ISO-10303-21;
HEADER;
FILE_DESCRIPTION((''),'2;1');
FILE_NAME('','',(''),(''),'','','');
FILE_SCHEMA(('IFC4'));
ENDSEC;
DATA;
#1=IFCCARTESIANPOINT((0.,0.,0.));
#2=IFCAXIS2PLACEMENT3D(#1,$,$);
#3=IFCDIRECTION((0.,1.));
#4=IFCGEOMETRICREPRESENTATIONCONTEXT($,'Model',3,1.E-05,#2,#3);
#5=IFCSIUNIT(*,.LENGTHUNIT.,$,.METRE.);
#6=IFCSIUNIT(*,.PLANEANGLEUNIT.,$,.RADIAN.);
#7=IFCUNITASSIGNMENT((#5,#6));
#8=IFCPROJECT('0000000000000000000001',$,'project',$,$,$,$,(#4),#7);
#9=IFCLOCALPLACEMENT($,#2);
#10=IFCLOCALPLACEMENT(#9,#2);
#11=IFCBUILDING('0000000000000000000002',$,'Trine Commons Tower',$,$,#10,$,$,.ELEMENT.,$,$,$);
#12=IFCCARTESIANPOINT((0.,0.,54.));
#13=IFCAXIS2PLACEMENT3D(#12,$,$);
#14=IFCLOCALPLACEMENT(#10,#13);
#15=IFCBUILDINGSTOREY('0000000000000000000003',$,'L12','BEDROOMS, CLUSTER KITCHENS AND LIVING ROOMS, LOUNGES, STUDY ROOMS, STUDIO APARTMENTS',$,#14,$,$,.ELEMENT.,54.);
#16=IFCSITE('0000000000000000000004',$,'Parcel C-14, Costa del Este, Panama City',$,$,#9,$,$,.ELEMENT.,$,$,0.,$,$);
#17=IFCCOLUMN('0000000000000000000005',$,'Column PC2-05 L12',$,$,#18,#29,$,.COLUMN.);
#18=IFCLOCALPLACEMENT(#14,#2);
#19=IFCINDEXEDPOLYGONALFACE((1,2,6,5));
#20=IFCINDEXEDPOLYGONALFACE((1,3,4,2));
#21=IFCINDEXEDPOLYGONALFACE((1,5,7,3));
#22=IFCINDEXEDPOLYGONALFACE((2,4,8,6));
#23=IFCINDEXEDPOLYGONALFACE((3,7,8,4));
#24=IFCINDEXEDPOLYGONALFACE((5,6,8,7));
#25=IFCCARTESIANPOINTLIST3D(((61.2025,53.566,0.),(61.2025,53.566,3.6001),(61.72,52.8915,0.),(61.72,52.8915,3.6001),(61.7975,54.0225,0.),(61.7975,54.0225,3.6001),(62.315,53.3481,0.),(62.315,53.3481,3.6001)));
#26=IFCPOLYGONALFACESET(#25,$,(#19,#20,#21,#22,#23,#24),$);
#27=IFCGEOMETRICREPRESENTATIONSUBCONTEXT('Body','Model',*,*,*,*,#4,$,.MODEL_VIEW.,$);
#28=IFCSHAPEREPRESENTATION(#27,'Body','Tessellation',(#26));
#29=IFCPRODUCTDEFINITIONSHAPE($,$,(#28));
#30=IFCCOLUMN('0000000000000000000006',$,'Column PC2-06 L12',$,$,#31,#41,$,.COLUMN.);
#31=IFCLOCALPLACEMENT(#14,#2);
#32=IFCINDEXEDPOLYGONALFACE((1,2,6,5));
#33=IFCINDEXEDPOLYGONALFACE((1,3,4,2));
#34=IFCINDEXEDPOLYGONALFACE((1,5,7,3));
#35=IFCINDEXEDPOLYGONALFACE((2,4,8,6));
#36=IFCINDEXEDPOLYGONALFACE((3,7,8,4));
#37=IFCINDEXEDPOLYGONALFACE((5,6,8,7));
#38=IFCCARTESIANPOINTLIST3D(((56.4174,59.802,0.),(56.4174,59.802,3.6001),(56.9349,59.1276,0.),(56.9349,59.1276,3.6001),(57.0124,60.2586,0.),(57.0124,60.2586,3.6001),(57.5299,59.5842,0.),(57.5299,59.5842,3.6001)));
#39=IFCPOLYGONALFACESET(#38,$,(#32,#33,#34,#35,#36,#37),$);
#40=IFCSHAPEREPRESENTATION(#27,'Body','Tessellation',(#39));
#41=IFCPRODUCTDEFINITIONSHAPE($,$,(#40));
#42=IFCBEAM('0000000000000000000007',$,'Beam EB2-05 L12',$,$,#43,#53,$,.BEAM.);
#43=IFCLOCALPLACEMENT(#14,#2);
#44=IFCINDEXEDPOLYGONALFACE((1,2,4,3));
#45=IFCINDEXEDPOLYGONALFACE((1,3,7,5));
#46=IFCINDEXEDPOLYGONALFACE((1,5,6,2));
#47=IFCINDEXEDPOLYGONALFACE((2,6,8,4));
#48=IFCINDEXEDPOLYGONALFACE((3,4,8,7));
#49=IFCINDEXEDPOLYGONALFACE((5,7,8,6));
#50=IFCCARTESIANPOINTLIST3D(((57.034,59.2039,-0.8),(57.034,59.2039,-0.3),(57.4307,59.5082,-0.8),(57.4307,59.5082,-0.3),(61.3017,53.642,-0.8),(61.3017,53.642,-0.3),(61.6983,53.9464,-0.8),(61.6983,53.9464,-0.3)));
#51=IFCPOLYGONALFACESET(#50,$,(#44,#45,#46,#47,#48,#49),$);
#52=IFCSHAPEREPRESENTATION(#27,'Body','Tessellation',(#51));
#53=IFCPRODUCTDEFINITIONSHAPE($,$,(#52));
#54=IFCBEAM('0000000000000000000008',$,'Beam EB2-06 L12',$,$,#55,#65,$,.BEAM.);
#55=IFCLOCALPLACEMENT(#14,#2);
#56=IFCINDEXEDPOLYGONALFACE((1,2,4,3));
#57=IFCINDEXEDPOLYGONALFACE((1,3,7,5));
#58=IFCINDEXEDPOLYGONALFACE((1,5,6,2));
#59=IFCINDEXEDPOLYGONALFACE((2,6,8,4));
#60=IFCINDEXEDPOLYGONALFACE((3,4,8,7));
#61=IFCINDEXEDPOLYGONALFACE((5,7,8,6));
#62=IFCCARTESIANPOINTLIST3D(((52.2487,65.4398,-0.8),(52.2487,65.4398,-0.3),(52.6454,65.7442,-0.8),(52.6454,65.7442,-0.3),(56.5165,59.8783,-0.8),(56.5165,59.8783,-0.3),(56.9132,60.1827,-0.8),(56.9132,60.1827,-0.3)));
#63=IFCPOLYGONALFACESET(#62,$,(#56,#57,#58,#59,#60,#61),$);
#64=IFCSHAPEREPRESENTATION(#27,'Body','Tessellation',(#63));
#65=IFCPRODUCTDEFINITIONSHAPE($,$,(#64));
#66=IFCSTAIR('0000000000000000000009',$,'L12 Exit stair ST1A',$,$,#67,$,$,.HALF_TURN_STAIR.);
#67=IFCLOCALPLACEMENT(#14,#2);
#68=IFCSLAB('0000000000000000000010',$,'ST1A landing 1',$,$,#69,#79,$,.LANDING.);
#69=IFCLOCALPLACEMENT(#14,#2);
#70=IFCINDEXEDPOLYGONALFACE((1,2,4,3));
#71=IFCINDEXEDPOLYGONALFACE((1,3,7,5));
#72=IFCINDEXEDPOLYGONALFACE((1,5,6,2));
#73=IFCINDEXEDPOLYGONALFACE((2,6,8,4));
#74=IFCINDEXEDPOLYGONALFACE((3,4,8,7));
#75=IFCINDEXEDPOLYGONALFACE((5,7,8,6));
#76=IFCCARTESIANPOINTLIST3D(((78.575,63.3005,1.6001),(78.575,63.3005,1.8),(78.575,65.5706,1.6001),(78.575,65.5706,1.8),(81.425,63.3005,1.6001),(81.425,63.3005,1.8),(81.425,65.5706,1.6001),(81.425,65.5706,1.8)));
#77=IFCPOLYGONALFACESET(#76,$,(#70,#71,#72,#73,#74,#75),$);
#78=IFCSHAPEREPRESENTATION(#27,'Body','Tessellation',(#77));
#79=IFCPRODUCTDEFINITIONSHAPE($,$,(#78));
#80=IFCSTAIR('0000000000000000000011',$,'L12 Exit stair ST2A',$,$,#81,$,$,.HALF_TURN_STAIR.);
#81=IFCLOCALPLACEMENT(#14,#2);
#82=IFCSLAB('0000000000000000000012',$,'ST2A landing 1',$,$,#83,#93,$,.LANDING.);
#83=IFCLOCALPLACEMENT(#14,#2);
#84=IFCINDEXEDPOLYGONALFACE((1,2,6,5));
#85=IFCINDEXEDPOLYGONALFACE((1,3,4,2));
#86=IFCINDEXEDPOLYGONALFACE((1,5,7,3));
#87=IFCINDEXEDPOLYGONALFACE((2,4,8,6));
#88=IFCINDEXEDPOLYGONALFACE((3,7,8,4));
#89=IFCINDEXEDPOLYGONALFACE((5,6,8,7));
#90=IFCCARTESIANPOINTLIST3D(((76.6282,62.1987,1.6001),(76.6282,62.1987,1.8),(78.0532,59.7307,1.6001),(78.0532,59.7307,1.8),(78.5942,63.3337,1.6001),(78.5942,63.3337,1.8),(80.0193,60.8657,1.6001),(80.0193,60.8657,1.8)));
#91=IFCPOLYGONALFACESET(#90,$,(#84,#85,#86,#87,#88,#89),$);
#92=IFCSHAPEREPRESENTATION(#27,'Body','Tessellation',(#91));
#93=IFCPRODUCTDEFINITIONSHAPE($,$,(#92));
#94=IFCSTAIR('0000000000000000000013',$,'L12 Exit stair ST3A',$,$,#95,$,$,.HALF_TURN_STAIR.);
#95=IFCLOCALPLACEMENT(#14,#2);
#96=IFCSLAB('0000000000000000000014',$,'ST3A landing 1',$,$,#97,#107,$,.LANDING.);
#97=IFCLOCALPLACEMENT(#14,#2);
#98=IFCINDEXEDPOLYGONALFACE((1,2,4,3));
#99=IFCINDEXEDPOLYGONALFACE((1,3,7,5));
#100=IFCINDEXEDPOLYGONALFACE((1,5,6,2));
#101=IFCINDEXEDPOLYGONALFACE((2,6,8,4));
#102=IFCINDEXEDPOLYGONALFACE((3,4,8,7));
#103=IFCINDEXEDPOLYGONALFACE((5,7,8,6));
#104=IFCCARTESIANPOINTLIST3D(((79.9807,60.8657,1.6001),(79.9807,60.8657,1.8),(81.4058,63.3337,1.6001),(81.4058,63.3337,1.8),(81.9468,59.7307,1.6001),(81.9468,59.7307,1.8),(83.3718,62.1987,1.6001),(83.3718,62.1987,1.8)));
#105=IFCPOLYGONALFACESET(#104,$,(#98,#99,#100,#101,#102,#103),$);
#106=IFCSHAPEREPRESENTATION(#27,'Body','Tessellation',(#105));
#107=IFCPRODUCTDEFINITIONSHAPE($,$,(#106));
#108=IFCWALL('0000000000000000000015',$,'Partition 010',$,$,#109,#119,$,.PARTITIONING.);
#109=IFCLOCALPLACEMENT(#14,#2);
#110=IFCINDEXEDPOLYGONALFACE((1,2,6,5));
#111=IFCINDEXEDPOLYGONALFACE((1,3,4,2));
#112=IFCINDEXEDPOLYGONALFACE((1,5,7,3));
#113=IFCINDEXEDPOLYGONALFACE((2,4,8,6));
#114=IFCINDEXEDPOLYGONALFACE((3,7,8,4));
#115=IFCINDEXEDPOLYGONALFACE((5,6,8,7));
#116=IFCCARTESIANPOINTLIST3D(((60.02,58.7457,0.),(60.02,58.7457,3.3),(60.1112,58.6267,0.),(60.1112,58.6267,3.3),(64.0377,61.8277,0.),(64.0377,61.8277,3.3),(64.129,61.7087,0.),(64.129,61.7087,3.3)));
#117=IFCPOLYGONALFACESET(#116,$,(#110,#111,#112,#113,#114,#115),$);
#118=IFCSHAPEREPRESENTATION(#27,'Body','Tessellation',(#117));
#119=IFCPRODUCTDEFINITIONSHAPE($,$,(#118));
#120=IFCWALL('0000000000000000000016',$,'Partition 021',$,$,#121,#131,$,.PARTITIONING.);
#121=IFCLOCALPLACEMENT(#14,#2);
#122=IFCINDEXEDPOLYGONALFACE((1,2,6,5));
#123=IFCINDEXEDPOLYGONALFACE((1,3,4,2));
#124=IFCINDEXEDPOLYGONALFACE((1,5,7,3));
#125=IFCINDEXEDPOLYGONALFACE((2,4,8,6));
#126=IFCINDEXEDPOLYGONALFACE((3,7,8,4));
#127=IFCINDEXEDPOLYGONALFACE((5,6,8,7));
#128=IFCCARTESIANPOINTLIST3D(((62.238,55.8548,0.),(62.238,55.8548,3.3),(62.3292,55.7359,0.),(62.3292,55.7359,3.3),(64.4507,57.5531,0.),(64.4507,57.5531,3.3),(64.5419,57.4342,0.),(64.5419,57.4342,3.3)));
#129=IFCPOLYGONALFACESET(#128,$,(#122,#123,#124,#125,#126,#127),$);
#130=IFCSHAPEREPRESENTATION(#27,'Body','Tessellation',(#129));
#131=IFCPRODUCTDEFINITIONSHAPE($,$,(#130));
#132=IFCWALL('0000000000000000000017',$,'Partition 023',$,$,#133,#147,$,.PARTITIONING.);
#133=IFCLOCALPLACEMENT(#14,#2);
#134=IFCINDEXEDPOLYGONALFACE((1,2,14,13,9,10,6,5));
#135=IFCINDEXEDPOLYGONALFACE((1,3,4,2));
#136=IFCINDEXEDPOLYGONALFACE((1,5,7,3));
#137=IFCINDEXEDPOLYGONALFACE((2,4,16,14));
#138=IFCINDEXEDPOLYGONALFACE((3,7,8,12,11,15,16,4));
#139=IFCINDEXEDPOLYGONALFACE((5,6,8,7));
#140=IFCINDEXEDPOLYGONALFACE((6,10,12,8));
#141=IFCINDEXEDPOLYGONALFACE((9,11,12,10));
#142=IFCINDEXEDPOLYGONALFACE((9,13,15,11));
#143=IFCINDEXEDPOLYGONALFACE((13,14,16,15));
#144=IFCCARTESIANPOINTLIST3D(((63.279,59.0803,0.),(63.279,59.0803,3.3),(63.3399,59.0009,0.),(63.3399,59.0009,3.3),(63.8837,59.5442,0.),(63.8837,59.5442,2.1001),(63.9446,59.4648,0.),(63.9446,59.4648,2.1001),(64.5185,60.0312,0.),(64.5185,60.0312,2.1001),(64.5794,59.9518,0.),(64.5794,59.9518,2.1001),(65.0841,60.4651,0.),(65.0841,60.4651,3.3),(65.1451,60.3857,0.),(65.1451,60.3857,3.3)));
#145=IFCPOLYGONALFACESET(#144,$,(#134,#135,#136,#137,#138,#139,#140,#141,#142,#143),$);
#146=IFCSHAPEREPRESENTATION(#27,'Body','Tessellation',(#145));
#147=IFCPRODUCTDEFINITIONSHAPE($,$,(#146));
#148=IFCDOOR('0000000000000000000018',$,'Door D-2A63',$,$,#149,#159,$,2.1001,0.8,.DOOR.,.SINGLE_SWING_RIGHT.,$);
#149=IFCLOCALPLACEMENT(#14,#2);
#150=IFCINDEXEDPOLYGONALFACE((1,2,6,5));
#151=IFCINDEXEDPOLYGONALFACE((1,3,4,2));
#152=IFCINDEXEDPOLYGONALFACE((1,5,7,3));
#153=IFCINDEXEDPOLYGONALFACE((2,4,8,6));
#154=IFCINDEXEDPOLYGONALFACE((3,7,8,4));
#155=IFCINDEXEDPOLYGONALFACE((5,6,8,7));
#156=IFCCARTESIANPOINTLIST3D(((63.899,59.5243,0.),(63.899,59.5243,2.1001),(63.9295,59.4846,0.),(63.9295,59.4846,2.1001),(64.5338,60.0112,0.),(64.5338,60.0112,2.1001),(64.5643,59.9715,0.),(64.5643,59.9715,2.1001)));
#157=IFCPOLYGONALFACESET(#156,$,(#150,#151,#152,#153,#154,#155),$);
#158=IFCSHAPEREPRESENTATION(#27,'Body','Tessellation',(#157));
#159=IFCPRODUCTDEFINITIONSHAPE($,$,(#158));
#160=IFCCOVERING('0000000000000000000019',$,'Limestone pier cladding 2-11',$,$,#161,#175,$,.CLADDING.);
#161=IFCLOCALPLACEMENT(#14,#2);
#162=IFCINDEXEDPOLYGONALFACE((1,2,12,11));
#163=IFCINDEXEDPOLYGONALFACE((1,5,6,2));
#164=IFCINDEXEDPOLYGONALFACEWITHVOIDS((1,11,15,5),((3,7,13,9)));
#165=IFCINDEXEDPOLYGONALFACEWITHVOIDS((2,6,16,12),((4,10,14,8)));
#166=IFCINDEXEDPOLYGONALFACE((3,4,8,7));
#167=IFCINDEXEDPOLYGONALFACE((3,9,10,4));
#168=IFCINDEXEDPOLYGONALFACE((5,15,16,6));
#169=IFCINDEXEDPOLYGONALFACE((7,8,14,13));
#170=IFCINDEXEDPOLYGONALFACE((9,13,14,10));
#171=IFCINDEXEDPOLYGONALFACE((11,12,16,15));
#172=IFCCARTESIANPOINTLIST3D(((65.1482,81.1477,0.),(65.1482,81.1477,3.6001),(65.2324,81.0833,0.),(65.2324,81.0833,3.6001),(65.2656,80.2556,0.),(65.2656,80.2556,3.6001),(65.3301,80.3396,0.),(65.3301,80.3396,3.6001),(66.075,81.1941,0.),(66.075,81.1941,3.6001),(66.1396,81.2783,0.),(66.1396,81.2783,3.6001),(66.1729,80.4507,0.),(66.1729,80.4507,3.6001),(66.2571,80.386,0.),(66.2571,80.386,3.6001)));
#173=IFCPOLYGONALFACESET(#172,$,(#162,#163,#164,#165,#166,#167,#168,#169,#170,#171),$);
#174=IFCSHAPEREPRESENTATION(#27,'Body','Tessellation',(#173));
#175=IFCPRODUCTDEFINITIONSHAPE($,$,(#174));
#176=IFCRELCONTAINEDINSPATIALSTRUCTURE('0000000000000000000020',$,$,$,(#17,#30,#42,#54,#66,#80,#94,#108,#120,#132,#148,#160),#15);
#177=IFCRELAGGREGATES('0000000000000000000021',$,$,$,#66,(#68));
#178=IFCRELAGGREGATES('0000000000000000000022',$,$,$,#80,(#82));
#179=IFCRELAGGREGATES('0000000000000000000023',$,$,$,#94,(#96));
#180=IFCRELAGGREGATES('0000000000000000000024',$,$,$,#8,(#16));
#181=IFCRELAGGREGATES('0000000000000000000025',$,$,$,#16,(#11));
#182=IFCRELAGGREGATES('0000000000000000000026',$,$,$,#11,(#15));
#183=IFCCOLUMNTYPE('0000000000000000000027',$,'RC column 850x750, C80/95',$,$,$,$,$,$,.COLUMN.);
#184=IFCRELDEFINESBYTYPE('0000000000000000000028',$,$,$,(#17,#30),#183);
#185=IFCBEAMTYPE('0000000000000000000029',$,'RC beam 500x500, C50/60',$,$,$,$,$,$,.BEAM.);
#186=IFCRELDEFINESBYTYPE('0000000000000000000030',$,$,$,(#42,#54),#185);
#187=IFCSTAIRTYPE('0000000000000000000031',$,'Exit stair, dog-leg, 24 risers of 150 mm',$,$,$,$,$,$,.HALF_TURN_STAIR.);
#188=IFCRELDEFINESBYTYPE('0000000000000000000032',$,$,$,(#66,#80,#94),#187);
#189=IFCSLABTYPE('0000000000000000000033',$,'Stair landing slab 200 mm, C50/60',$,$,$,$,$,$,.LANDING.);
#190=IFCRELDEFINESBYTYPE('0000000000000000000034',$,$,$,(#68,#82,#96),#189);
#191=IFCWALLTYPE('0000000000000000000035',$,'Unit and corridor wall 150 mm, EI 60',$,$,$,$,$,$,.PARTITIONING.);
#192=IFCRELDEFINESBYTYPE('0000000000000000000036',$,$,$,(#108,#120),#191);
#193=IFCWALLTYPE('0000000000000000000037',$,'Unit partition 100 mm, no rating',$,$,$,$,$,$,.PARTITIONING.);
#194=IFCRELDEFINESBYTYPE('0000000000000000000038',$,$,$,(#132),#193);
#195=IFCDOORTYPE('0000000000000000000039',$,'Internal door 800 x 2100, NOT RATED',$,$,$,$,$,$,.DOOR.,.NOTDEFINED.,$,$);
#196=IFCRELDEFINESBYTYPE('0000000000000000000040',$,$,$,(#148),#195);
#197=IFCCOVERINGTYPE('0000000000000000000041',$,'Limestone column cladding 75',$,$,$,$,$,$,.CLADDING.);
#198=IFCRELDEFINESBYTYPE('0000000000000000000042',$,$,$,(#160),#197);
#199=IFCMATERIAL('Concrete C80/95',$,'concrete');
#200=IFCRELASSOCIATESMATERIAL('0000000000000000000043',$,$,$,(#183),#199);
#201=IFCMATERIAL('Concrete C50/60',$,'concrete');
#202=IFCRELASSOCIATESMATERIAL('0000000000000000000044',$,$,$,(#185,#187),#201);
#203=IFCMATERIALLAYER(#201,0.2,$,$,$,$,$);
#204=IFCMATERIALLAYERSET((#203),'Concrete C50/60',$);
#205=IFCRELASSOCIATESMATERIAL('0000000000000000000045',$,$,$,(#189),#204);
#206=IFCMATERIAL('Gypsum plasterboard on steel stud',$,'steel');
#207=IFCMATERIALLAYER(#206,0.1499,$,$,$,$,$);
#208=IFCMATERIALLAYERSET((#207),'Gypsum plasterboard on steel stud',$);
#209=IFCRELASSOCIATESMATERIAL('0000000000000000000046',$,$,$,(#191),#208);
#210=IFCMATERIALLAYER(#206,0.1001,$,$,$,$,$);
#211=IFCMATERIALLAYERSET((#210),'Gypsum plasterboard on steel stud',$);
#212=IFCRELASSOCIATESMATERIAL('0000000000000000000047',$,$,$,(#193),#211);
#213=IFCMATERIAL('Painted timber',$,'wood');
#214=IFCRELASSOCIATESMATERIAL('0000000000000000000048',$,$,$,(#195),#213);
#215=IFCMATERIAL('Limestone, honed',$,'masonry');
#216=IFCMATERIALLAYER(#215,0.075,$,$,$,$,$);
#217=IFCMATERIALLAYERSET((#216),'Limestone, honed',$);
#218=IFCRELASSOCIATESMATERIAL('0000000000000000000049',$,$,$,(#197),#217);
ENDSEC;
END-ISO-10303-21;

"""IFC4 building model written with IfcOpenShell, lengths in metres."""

from ifc_helpers import new_model, si_unit, direction, frame, frame_2d, origin, origin_2d, place, context, subcontext, project, spatial, polyline, rectangle, outline, extrude, material, layer, layer_set, material_profile, profile_set, type_object, element, fill, aggregate, save


model = new_model("IFC4")

# Units and contexts
model_context = context("Model", 3, precision=1e-05, world=origin(), true_north=direction((0.0, 1.0)))
body_context = subcontext(model_context, "Body", "Model", "MODEL_VIEW")
ifc_project = project(units=[si_unit("LENGTHUNIT", "METRE"), si_unit("PLANEANGLEUNIT", "RADIAN")], contexts=[model_context])

# Site, building, storey
site_placement = place(None, origin())
site = spatial("IfcSite", under=ifc_project, at=site_placement, Name="Parcel C-14, Costa del Este, Panama City", CompositionType="ELEMENT", RefElevation=0.0)
building_placement = place(site_placement, origin())
building = spatial("IfcBuilding", under=site, at=building_placement, Name="Trine Commons Tower", CompositionType="ELEMENT")
storey_placement = place(building_placement, frame((0.0, 0.0, 54.0)))
storey = spatial("IfcBuildingStorey", under=building, at=storey_placement, Name="L12", Description="BEDROOMS, CLUSTER KITCHENS AND LIVING ROOMS, LOUNGES, STUDY ROOMS, STUDIO APARTMENTS", CompositionType="ELEMENT", Elevation=54.0)

# Columns
ifc_material_1 = material(Name="Concrete C80/95", Category="concrete")
ifc_material_profile_1 = material_profile(ifc_material_1, rectangle(XDim=0.8501, YDim=0.75, at=origin_2d()), Name="RC 850x750")
ifc_profile_set_1 = profile_set([ifc_material_profile_1], Name="Concrete C80/95")
column_type = type_object("IfcColumnType", Name="RC column 850x750, C80/95", PredefinedType="COLUMN", material=ifc_profile_set_1)
for number, where, z_axis, x_axis, name in (
    (1, (61.7588, 53.457, 0.0), (0.0, 0.0, 1.0), (-0.608761, 0.793353, 0.0), "Column PC2-05 L12"),
    (2, (56.9736, 59.6931, 0.0), (0.0, 0.0, 1.0), (-0.608761, 0.793353, 0.0), "Column PC2-06 L12"),
):
    element("IfcColumn", number, at=place(storey_placement, frame(where, z_axis=z_axis, x_axis=x_axis)), inside=storey, type_object=column_type, Name=name, PredefinedType="COLUMN", context=body_context, shape_type="SweptSolid", body=[
        extrude(rectangle(XDim=0.8501, YDim=0.75, at=origin_2d()), origin(), (0.0, 0.0, 1.0), 3.6001),
    ])

# Beams
ifc_material_2 = material(Name="Concrete C50/60", Category="concrete")
ifc_material_profile_2 = material_profile(ifc_material_2, rectangle(XDim=0.5, YDim=0.5, at=origin_2d()), Name="RC 500x500")
ifc_profile_set_2 = profile_set([ifc_material_profile_2], Name="Concrete C50/60")
beam_type = type_object("IfcBeamType", Name="RC beam 500x500, C50/60", PredefinedType="BEAM", material=ifc_profile_set_2)
beam_1_placement = place(storey_placement, frame((61.5, 53.7942, -0.55), z_axis=(-0.608751, 0.793361, 0.0), x_axis=(-0.793361, -0.608751, 0.0)))
element("IfcBeam", 3, at=beam_1_placement, inside=storey, type_object=beam_type, Name="Beam EB2-05 L12", PredefinedType="BEAM", context=body_context, shape_type="SweptSolid", body=[
    extrude(rectangle(XDim=0.5, YDim=0.5, at=origin_2d()), origin(), (0.0, 0.0, 1.0), 7.0105),
])
beam_2_placement = place(storey_placement, frame((56.7148, 60.0305, -0.55), z_axis=(-0.60879, 0.793332, 0.0), x_axis=(-0.793332, -0.60879, 0.0)))
element("IfcBeam", 4, at=beam_2_placement, inside=storey, type_object=beam_type, Name="Beam EB2-06 L12", PredefinedType="BEAM", context=body_context, shape_type="SweptSolid", body=[
    extrude(rectangle(XDim=0.5, YDim=0.5, at=origin_2d()), origin(), (0.0, 0.0, 1.0), 7.0103),
])

# Stairs, slabs
stair_type = type_object("IfcStairType", Name="Exit stair, dog-leg, 24 risers of 150 mm", PredefinedType="HALF_TURN_STAIR", material=ifc_material_2)
stair_1_placement = place(storey_placement, origin())
stair_1 = element("IfcStair", 5, at=stair_1_placement, inside=storey, type_object=stair_type, Name="L12 Exit stair ST1A", PredefinedType="HALF_TURN_STAIR")
ifc_layer_1 = layer(ifc_material_2, 0.2)
ifc_layer_set_1 = layer_set([ifc_layer_1], Name="Concrete C50/60")
slab_type = type_object("IfcSlabType", Name="Stair landing slab 200 mm, C50/60", PredefinedType="LANDING", material=ifc_layer_set_1)
slab_1_placement = place(storey_placement, frame((0.0, 0.0, 1.6001)))
slab_1 = element("IfcSlab", 6, at=slab_1_placement, type_object=slab_type, Name="ST1A landing 1", PredefinedType="LANDING", context=body_context, shape_type="SweptSolid", body=[
    extrude(outline(polyline([(78.575, 65.5706), (78.575, 63.3005), (81.425, 63.3005), (81.425, 65.5706), (78.575, 65.5706)])), origin(), (0.0, 0.0, 1.0), 0.2),
])
aggregate(stair_1, [slab_1])
stair_2_placement = place(storey_placement, origin())
stair_2 = element("IfcStair", 7, at=stair_2_placement, inside=storey, type_object=stair_type, Name="L12 Exit stair ST2A", PredefinedType="HALF_TURN_STAIR")
slab_2_placement = place(storey_placement, frame((0.0, 0.0, 1.6001)))
slab_2 = element("IfcSlab", 8, at=slab_2_placement, type_object=slab_type, Name="ST2A landing 1", PredefinedType="LANDING", context=body_context, shape_type="SweptSolid", body=[
    extrude(outline(polyline([(78.0532, 59.7307), (80.0193, 60.8657), (78.5942, 63.3337), (76.6282, 62.1987), (78.0532, 59.7307)])), origin(), (0.0, 0.0, 1.0), 0.2),
])
aggregate(stair_2, [slab_2])
stair_3_placement = place(storey_placement, origin())
stair_3 = element("IfcStair", 9, at=stair_3_placement, inside=storey, type_object=stair_type, Name="L12 Exit stair ST3A", PredefinedType="HALF_TURN_STAIR")
slab_3_placement = place(storey_placement, frame((0.0, 0.0, 1.6001)))
slab_3 = element("IfcSlab", 10, at=slab_3_placement, type_object=slab_type, Name="ST3A landing 1", PredefinedType="LANDING", context=body_context, shape_type="SweptSolid", body=[
    extrude(outline(polyline([(83.3718, 62.1987), (81.4058, 63.3337), (79.9807, 60.8657), (81.9468, 59.7307), (83.3718, 62.1987)])), origin(), (0.0, 0.0, 1.0), 0.2),
])
aggregate(stair_3, [slab_3])

# Walls
ifc_material_3 = material(Name="Gypsum plasterboard on steel stud", Category="steel")
ifc_layer_2 = layer(ifc_material_3, 0.1499)
ifc_layer_set_2 = layer_set([ifc_layer_2], Name="Gypsum plasterboard on steel stud")
wall_type_1 = type_object("IfcWallType", Name="Unit and corridor wall 150 mm, EI 60", PredefinedType="PARTITIONING", material=ifc_layer_set_2)
wall_1_placement = place(storey_placement, frame((60.0657, 58.6863, 0.0), z_axis=(0.0, 0.0, 1.0), x_axis=(0.793444, 0.608643, 0.0)))
element("IfcWall", 11, at=wall_1_placement, inside=storey, type_object=wall_type_1, Name="Partition 010", PredefinedType="PARTITIONING", context=body_context, shape_type="SweptSolid", body=[
    extrude(rectangle(XDim=5.0637, YDim=0.1499, at=frame_2d((2.5317, 0.0))), origin(), (0.0, 0.0, 1.0), 3.3),
])
wall_2_placement = place(storey_placement, frame((62.2837, 55.7954, 0.0), z_axis=(0.0, 0.0, 1.0), x_axis=(0.793281, 0.608856, 0.0)))
element("IfcWall", 12, at=wall_2_placement, inside=storey, type_object=wall_type_1, Name="Partition 021", PredefinedType="PARTITIONING", context=body_context, shape_type="SweptSolid", body=[
    extrude(rectangle(XDim=2.7893, YDim=0.1499, at=frame_2d((1.3945, 0.0))), origin(), (0.0, 0.0, 1.0), 3.3),
])

# Wall, opening, door
ifc_layer_3 = layer(ifc_material_3, 0.1001)
ifc_layer_set_3 = layer_set([ifc_layer_3], Name="Gypsum plasterboard on steel stud")
wall_type_2 = type_object("IfcWallType", Name="Unit partition 100 mm, no rating", PredefinedType="PARTITIONING", material=ifc_layer_set_3)
wall_3_placement = place(storey_placement, frame((63.3093, 59.0405, 0.0), z_axis=(0.0, 0.0, 1.0), x_axis=(0.793437, 0.608652, 0.0)))
wall_3 = element("IfcWall", 13, at=wall_3_placement, inside=storey, type_object=wall_type_2, Name="Partition 023", PredefinedType="PARTITIONING", context=body_context, shape_type="SweptSolid", body=[
    extrude(rectangle(XDim=2.2751, YDim=0.1001, at=frame_2d((1.1377, 0.0))), origin(), (0.0, 0.0, 1.0), 3.3),
])
opening_placement = place(wall_3_placement, frame((0.7625, 0.0, 0.0)))
opening = element("IfcOpeningElement", 14, at=opening_placement, cuts=wall_3, PredefinedType="OPENING", context=body_context, shape_type="SweptSolid", body=[
    extrude(rectangle(XDim=0.8, YDim=2.1001, at=frame_2d((0.3999, 1.05))), frame((0.0, 0.0601, 0.0), z_axis=(0.0, -1.0, 0.0), x_axis=(1.0, 0.0, 0.0)), (0.0, 0.0, 1.0), 0.1201),
])
ifc_material_4 = material(Name="Painted timber", Category="wood")
door_type = type_object("IfcDoorType", Name="Internal door 800 x 2100, NOT RATED", OperationType="NOTDEFINED", PredefinedType="DOOR", material=ifc_material_4)
door_placement = place(opening_placement, origin())
door = element("IfcDoor", 15, at=door_placement, inside=storey, type_object=door_type, Name="Door D-2A63", OperationType="SINGLE_SWING_RIGHT", OverallHeight=2.1001, OverallWidth=0.8, PredefinedType="DOOR", context=body_context, shape_type="SweptSolid", body=[
    extrude(rectangle(XDim=0.8, YDim=2.1001, at=frame_2d((0.3999, 1.05))), frame((0.0, 0.0249, 0.0), z_axis=(0.0, -1.0, 0.0), x_axis=(1.0, 0.0, 0.0)), (0.0, 0.0, 1.0), 0.05),
])
fill(opening, door)

# Covering
ifc_material_5 = material(Name="Limestone, honed", Category="masonry")
ifc_layer_4 = layer(ifc_material_5, 0.075)
ifc_layer_set_4 = layer_set([ifc_layer_4], Name="Limestone, honed")
covering_type_1 = type_object("IfcCoveringType", Name="Limestone column cladding 75", PredefinedType="CLADDING", material=ifc_layer_set_4)
covering_1_placement = place(storey_placement, origin())
element("IfcCovering", 16, at=covering_1_placement, inside=storey, type_object=covering_type_1, Name="Limestone pier cladding 2-11", PredefinedType="CLADDING", context=body_context, shape_type="SweptSolid", body=[
    extrude(outline(polyline([(66.2571, 80.386), (66.1396, 81.2783), (65.1482, 81.1477), (65.2656, 80.2556), (66.2571, 80.386)]), holes=[polyline([(66.1729, 80.4507), (66.075, 81.1941), (65.2324, 81.0833), (65.3301, 80.3396), (66.1729, 80.4507)])]), origin(), (0.0, 0.0, 1.0), 3.6001),
])

save(model, "model.ifc")
